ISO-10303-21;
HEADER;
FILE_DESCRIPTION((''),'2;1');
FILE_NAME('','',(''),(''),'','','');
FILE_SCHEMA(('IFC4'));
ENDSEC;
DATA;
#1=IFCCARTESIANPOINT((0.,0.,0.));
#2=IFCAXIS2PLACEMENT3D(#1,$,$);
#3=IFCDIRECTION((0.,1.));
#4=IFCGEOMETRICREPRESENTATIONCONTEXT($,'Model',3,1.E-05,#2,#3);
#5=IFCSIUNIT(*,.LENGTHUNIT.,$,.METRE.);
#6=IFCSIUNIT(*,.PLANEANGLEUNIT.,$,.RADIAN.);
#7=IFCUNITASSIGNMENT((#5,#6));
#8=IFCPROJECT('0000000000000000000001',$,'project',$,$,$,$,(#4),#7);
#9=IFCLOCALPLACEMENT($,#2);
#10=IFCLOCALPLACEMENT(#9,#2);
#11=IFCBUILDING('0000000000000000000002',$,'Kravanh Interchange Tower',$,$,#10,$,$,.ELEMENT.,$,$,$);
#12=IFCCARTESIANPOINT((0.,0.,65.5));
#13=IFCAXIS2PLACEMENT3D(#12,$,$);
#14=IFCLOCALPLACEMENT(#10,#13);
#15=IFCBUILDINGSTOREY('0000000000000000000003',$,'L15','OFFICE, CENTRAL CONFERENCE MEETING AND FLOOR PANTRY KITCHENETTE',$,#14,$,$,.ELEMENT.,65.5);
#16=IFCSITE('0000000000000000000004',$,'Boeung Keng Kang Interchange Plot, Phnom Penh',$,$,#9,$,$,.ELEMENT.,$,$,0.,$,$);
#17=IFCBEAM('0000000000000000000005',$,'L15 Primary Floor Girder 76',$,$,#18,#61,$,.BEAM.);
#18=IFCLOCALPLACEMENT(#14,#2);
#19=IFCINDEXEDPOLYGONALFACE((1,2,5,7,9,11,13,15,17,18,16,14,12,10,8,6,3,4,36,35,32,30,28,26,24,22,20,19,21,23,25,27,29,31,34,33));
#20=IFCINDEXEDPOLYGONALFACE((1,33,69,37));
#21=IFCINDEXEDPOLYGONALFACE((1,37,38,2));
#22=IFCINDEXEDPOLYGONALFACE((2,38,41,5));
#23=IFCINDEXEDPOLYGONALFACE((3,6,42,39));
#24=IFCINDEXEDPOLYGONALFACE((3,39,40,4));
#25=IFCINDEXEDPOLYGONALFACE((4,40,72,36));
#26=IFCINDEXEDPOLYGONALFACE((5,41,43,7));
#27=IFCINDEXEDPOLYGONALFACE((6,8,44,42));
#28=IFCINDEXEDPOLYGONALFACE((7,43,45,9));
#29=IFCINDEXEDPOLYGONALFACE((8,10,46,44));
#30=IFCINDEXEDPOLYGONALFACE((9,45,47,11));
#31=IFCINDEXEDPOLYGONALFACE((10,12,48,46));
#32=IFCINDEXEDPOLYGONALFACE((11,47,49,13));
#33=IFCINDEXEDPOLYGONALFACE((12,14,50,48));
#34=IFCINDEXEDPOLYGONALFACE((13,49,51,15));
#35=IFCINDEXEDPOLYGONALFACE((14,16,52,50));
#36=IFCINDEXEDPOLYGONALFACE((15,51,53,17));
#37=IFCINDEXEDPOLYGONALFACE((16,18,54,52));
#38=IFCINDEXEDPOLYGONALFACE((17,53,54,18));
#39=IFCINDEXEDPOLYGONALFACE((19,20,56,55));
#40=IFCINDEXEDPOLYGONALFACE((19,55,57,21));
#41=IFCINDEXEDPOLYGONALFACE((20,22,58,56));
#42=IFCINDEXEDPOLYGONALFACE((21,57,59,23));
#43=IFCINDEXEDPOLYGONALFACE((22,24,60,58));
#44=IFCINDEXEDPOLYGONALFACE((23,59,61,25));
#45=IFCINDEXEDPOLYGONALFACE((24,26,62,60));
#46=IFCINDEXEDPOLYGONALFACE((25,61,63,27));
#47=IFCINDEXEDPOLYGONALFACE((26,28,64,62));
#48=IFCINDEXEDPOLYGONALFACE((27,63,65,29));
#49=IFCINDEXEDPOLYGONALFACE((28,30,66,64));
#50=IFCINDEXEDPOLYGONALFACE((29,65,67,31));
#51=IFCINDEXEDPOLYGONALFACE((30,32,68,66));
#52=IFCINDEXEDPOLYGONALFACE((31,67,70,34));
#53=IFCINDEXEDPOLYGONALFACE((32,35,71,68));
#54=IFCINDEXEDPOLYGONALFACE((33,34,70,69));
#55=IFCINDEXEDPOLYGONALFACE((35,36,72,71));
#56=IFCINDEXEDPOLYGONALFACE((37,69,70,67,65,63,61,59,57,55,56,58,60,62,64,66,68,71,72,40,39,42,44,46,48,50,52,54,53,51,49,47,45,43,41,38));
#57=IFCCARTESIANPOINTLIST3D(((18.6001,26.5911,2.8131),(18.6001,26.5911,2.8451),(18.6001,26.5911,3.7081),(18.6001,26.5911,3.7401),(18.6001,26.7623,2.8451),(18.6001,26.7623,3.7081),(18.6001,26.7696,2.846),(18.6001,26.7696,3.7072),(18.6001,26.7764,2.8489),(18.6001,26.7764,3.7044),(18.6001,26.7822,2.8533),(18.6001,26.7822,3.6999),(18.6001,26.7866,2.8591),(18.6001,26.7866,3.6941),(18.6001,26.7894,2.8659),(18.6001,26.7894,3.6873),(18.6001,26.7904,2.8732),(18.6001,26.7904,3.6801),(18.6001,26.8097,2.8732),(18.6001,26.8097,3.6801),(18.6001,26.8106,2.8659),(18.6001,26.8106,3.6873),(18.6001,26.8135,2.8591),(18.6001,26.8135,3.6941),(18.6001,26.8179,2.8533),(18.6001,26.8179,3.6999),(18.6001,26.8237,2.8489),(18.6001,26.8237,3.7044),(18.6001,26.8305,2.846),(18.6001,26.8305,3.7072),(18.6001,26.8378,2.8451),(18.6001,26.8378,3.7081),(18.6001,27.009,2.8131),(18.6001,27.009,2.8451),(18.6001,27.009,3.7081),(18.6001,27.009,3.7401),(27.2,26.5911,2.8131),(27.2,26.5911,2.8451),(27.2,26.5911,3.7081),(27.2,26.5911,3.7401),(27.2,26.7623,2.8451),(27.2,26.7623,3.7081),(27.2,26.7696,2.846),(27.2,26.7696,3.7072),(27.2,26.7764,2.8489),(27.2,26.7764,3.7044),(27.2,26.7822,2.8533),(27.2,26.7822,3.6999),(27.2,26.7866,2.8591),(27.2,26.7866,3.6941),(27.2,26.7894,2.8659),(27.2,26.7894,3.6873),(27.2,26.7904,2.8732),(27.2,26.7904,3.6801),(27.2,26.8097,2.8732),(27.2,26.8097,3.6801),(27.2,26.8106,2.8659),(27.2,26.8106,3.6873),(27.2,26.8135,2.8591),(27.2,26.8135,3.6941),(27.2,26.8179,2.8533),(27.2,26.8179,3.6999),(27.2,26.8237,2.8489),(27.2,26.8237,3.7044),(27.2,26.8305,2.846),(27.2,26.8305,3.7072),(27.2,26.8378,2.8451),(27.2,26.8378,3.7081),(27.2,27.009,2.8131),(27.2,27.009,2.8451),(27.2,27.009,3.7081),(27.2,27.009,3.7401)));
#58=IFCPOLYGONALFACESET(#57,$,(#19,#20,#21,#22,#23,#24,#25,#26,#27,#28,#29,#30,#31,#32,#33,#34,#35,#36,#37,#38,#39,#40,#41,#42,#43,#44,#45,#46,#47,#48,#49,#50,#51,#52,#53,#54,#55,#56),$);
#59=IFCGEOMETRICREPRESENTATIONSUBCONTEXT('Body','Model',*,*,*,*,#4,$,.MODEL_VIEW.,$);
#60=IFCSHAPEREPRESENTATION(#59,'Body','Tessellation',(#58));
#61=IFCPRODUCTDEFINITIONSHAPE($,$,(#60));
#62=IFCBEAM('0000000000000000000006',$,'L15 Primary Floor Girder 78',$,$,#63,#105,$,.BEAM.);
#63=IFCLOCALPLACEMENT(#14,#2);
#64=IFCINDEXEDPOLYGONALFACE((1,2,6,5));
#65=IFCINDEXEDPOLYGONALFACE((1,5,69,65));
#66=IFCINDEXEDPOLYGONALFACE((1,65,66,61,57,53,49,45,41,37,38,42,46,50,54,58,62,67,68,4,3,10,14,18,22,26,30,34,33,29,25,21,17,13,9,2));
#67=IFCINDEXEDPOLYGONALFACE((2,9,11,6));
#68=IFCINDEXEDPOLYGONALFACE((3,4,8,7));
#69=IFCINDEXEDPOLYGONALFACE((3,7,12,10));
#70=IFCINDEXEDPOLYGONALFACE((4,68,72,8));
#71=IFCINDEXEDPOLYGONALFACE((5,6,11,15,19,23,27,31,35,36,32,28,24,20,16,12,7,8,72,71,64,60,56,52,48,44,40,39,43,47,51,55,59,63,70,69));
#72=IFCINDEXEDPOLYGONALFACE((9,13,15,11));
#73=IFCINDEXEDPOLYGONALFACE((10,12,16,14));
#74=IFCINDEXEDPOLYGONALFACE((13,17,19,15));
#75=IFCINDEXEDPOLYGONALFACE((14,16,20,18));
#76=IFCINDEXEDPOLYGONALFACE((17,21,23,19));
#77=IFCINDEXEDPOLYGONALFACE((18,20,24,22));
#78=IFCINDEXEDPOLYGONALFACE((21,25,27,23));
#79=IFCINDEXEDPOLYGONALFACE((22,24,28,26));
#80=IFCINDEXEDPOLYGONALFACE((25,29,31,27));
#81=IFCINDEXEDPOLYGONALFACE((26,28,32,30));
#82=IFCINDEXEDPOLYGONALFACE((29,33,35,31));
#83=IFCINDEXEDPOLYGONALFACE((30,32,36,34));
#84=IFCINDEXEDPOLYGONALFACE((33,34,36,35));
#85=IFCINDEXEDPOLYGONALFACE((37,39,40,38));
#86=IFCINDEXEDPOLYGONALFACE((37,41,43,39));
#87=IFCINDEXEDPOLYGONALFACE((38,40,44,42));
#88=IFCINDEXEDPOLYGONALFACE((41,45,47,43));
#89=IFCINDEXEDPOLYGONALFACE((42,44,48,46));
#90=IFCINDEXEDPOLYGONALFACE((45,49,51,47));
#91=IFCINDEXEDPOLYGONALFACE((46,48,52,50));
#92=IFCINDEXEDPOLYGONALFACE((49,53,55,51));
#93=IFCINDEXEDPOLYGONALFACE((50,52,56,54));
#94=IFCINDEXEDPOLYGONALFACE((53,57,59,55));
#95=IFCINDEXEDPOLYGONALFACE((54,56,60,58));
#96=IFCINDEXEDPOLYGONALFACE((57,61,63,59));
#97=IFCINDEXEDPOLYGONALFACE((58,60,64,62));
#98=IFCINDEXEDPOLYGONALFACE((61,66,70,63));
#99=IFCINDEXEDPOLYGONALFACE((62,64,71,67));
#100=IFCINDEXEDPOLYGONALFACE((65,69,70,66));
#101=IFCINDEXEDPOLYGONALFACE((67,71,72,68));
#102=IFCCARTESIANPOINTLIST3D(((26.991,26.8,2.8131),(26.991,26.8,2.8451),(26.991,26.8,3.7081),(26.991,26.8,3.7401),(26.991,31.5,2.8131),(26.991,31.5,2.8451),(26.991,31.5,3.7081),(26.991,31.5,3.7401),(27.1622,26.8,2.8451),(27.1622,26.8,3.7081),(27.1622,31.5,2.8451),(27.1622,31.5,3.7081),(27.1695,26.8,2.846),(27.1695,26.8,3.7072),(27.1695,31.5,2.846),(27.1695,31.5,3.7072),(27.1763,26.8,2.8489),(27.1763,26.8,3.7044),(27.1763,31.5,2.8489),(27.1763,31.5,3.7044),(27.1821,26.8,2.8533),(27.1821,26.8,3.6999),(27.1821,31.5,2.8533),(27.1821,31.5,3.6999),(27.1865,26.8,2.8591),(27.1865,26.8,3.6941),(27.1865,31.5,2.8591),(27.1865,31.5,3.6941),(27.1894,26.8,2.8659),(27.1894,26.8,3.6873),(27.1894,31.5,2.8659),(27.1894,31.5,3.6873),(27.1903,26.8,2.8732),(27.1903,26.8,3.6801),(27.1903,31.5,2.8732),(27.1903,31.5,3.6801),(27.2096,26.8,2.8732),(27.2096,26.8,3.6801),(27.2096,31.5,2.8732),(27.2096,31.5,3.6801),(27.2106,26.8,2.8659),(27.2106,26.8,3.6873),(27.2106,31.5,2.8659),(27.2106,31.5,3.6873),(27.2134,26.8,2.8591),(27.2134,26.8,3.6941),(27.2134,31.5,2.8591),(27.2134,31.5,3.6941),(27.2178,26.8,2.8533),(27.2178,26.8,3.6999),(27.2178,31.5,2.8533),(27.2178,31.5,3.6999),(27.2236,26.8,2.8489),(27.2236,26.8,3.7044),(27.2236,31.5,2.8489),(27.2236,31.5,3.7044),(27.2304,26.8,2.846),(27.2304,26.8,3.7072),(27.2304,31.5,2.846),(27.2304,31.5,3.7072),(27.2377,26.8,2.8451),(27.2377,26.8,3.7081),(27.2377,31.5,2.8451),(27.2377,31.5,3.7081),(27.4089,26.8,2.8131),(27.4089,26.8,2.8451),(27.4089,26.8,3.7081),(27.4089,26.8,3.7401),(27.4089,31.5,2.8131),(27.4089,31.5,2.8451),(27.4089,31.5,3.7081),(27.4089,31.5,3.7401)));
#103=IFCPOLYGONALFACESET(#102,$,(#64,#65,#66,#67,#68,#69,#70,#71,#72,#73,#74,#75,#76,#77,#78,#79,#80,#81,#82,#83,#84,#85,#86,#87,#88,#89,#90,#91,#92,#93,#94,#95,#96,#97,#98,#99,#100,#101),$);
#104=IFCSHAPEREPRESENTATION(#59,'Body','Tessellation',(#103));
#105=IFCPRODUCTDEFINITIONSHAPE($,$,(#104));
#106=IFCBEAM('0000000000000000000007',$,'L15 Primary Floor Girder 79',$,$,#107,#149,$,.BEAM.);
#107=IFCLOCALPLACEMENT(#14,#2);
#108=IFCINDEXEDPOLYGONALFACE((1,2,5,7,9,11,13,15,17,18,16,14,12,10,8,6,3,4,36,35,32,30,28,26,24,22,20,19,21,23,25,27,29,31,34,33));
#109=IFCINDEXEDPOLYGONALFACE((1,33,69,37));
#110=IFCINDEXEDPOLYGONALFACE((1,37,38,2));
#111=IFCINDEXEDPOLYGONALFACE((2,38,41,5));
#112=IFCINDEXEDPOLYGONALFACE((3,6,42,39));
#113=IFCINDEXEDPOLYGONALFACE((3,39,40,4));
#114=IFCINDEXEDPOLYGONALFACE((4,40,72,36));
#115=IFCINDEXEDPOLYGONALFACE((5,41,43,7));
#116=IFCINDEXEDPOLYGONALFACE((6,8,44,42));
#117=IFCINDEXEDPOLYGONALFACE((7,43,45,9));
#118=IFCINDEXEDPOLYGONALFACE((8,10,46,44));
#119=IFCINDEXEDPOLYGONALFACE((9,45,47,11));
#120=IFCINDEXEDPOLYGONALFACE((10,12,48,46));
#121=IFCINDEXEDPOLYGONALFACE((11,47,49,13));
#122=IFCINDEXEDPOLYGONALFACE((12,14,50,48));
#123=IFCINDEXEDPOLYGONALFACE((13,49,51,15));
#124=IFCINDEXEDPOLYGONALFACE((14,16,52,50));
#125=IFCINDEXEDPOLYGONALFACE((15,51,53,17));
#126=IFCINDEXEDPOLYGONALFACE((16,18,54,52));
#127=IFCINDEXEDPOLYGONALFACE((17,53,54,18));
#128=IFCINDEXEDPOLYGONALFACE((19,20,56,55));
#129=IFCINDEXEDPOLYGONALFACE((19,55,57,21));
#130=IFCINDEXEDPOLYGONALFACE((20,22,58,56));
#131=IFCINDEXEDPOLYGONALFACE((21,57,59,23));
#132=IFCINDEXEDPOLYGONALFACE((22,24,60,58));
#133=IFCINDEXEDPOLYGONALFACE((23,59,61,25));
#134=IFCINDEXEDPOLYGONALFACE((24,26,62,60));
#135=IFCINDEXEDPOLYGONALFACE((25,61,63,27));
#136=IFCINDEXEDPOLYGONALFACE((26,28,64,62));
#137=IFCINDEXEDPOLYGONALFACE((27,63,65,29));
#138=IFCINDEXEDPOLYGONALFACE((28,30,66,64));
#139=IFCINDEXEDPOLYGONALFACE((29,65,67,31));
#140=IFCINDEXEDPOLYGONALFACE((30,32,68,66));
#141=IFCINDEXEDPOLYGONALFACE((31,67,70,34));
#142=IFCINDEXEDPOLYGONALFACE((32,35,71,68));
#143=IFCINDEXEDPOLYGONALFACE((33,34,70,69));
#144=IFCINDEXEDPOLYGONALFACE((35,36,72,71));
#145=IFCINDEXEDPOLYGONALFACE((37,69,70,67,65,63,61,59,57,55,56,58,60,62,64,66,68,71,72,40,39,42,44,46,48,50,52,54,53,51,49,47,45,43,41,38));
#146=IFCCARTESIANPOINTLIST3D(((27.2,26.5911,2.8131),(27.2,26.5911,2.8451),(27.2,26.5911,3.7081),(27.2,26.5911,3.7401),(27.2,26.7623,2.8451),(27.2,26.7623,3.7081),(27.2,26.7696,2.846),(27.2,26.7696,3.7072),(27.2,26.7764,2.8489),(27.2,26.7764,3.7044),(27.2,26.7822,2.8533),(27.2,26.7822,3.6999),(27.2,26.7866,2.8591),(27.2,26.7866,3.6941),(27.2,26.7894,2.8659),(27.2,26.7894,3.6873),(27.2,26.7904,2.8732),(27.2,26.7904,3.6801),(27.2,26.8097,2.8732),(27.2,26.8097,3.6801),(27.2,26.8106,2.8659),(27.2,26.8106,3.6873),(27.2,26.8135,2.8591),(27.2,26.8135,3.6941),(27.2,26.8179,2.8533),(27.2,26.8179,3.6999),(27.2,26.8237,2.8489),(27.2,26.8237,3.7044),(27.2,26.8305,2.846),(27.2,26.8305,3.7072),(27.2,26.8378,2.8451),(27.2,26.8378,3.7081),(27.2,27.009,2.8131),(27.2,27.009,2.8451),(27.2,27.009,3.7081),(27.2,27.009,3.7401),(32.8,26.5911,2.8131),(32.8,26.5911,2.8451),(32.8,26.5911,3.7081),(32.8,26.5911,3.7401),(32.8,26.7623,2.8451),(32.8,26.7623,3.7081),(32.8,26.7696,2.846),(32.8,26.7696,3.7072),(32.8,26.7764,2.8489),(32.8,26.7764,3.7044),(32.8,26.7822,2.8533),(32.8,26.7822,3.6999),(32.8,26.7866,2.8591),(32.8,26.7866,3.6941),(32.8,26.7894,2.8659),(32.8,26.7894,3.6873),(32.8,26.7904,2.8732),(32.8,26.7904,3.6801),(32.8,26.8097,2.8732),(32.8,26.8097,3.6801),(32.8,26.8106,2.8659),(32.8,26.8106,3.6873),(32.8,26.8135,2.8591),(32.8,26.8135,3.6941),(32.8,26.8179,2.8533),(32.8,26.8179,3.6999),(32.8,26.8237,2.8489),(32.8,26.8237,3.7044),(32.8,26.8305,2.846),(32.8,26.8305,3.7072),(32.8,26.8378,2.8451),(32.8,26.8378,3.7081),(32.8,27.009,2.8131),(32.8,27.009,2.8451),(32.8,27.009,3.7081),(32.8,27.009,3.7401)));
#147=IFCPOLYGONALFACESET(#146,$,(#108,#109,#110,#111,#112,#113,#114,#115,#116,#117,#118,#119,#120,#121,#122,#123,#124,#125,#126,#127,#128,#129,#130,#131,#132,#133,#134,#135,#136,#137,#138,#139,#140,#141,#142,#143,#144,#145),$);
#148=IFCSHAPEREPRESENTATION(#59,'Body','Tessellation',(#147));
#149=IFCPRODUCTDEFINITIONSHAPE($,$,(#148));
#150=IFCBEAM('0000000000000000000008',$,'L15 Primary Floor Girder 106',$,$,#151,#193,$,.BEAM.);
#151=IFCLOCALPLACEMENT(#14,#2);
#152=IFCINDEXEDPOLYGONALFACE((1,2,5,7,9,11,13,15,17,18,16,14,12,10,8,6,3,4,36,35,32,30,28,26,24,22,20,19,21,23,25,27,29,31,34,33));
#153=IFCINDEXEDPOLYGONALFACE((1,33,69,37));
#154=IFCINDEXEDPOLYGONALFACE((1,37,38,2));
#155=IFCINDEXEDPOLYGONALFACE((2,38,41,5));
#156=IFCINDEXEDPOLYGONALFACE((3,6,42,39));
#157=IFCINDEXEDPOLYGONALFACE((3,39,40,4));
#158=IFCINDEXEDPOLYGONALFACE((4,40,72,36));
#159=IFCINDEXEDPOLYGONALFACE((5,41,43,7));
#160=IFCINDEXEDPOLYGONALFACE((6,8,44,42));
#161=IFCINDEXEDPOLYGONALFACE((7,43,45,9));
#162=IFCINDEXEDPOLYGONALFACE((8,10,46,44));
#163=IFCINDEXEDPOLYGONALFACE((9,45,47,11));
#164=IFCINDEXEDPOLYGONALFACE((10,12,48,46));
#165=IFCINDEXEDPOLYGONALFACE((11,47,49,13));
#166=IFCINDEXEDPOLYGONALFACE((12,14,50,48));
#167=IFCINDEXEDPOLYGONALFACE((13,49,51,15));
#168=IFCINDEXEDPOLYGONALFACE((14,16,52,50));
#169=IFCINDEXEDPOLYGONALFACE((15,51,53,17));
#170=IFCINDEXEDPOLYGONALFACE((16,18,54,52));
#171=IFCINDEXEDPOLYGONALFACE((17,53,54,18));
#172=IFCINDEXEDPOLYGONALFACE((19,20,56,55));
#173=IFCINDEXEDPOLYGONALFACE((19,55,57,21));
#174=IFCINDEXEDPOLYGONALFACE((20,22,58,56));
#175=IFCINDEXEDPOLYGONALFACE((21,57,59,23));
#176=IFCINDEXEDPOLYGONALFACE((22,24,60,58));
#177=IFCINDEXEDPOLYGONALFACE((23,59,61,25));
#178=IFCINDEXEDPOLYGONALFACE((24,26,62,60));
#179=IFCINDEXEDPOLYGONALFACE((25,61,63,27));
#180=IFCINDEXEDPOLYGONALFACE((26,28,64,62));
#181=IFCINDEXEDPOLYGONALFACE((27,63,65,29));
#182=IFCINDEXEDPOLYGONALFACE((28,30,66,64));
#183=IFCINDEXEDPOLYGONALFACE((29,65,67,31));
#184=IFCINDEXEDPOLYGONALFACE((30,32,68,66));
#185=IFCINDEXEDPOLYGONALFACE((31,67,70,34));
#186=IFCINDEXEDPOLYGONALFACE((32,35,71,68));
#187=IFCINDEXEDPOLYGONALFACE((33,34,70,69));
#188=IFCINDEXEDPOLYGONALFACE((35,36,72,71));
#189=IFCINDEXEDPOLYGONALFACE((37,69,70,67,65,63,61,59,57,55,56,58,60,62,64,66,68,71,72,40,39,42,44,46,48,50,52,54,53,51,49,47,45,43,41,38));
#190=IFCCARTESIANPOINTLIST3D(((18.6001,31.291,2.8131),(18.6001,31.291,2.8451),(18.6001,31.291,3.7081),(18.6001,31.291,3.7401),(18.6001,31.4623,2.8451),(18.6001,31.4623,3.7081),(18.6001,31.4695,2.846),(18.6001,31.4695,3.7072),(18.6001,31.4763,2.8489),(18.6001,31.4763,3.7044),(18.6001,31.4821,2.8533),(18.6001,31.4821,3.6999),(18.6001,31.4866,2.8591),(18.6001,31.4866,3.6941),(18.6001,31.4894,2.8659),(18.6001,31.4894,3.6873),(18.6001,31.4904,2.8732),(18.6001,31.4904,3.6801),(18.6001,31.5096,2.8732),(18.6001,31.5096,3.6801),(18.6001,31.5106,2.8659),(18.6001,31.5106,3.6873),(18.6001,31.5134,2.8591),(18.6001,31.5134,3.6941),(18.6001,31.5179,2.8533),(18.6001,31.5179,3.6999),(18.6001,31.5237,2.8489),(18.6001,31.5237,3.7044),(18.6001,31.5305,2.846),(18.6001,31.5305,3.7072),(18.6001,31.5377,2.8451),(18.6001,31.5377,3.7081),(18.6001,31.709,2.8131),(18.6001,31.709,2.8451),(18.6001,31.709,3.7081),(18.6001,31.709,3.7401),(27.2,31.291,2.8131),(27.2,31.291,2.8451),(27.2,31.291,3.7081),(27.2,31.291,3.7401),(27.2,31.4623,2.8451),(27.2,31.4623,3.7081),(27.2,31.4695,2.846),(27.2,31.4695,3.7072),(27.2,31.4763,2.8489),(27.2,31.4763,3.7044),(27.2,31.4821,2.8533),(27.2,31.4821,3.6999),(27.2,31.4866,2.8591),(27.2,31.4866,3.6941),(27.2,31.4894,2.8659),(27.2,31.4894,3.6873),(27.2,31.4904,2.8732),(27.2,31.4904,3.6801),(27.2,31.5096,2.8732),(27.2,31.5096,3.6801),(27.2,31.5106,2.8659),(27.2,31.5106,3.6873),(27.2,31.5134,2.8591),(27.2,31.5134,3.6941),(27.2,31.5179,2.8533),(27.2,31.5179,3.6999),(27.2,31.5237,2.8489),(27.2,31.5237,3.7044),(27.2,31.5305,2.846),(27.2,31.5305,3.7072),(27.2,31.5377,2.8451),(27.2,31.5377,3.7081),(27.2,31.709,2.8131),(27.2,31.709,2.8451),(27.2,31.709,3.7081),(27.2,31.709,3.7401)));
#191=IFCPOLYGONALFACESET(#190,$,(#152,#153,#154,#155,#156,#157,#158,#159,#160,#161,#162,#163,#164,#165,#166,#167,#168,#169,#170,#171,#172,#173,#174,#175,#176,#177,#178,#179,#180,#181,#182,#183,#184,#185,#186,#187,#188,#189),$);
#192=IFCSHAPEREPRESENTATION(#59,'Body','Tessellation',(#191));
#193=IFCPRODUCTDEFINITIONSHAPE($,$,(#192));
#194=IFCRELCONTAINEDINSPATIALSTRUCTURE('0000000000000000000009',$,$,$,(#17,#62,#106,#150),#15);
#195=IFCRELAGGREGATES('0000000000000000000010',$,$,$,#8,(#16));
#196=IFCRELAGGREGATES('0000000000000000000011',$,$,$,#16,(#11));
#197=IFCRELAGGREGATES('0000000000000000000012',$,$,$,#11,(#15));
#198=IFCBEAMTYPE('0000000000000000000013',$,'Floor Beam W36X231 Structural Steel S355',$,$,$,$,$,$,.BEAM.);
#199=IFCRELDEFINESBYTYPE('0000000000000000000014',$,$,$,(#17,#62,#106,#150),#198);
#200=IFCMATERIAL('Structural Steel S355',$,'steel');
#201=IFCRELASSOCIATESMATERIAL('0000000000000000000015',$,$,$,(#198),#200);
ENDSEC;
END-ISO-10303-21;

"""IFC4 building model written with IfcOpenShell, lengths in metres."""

from ifc_helpers import new_model, si_unit, direction, frame, origin, origin_2d, place, context, subcontext, project, spatial, i_section, extrude, material, material_profile, profile_set, type_object, element, save


model = new_model("IFC4")

# Units and contexts
model_context = context("Model", 3, precision=1e-05, world=origin(), true_north=direction((0.0, 1.0)))
body_context = subcontext(model_context, "Body", "Model", "MODEL_VIEW")
ifc_project = project(units=[si_unit("LENGTHUNIT", "METRE"), si_unit("PLANEANGLEUNIT", "RADIAN")], contexts=[model_context])

# Site, building, storey
site_placement = place(None, origin())
site = spatial("IfcSite", under=ifc_project, at=site_placement, Name="Boeung Keng Kang Interchange Plot, Phnom Penh", CompositionType="ELEMENT", RefElevation=0.0)
building_placement = place(site_placement, origin())
building = spatial("IfcBuilding", under=site, at=building_placement, Name="Kravanh Interchange Tower", CompositionType="ELEMENT")
storey_placement = place(building_placement, frame((0.0, 0.0, 65.5)))
storey = spatial("IfcBuildingStorey", under=building, at=storey_placement, Name="L15", Description="OFFICE, CENTRAL CONFERENCE MEETING AND FLOOR PANTRY KITCHENETTE", CompositionType="ELEMENT", Elevation=65.5)

# Beams
ifc_material_1 = material(Name="Structural Steel S355", Category="steel")
ifc_material_profile_1 = material_profile(ifc_material_1, i_section(OverallWidth=0.418, OverallDepth=0.927, WebThickness=0.0193, FlangeThickness=0.032, FilletRadius=0.0281, at=origin_2d()), Name="W36X231")
ifc_profile_set_1 = profile_set([ifc_material_profile_1], Name="Structural Steel S355")
beam_type_1 = type_object("IfcBeamType", Name="Floor Beam W36X231 Structural Steel S355", PredefinedType="BEAM", material=ifc_profile_set_1)
beam_1_placement = place(storey_placement, frame((18.6001, 26.8, 3.2766), z_axis=(1.0, 0.0, 0.0), x_axis=(0.0, 1.0, 0.0)))
element("IfcBeam", 1, at=beam_1_placement, inside=storey, type_object=beam_type_1, Name="L15 Primary Floor Girder 76", PredefinedType="BEAM", context=body_context, shape_type="SweptSolid", body=[
    extrude(i_section(OverallWidth=0.418, OverallDepth=0.927, WebThickness=0.0193, FlangeThickness=0.032, FilletRadius=0.0281, at=origin_2d()), origin(), (0.0, 0.0, 1.0), 8.5999),
])
beam_2_placement = place(storey_placement, frame((27.2, 26.8, 3.2766), z_axis=(0.0, 1.0, 0.0), x_axis=(-1.0, 0.0, 0.0)))
element("IfcBeam", 2, at=beam_2_placement, inside=storey, type_object=beam_type_1, Name="L15 Primary Floor Girder 78", PredefinedType="BEAM", context=body_context, shape_type="SweptSolid", body=[
    extrude(i_section(OverallWidth=0.418, OverallDepth=0.927, WebThickness=0.0193, FlangeThickness=0.032, FilletRadius=0.0281, at=origin_2d()), origin(), (0.0, 0.0, 1.0), 4.7),
])
beam_3_placement = place(storey_placement, frame((27.2, 26.8, 3.2766), z_axis=(1.0, 0.0, 0.0), x_axis=(0.0, 1.0, 0.0)))
element("IfcBeam", 3, at=beam_3_placement, inside=storey, type_object=beam_type_1, Name="L15 Primary Floor Girder 79", PredefinedType="BEAM", context=body_context, shape_type="SweptSolid", body=[
    extrude(i_section(OverallWidth=0.418, OverallDepth=0.927, WebThickness=0.0193, FlangeThickness=0.032, FilletRadius=0.0281, at=origin_2d()), origin(), (0.0, 0.0, 1.0), 5.6001),
])
beam_4_placement = place(storey_placement, frame((18.6001, 31.5, 3.2766), z_axis=(1.0, 0.0, 0.0), x_axis=(0.0, 1.0, 0.0)))
element("IfcBeam", 4, at=beam_4_placement, inside=storey, type_object=beam_type_1, Name="L15 Primary Floor Girder 106", PredefinedType="BEAM", context=body_context, shape_type="SweptSolid", body=[
    extrude(i_section(OverallWidth=0.418, OverallDepth=0.927, WebThickness=0.0193, FlangeThickness=0.032, FilletRadius=0.0281, at=origin_2d()), origin(), (0.0, 0.0, 1.0), 8.5999),
])

save(model, "model.ifc")
